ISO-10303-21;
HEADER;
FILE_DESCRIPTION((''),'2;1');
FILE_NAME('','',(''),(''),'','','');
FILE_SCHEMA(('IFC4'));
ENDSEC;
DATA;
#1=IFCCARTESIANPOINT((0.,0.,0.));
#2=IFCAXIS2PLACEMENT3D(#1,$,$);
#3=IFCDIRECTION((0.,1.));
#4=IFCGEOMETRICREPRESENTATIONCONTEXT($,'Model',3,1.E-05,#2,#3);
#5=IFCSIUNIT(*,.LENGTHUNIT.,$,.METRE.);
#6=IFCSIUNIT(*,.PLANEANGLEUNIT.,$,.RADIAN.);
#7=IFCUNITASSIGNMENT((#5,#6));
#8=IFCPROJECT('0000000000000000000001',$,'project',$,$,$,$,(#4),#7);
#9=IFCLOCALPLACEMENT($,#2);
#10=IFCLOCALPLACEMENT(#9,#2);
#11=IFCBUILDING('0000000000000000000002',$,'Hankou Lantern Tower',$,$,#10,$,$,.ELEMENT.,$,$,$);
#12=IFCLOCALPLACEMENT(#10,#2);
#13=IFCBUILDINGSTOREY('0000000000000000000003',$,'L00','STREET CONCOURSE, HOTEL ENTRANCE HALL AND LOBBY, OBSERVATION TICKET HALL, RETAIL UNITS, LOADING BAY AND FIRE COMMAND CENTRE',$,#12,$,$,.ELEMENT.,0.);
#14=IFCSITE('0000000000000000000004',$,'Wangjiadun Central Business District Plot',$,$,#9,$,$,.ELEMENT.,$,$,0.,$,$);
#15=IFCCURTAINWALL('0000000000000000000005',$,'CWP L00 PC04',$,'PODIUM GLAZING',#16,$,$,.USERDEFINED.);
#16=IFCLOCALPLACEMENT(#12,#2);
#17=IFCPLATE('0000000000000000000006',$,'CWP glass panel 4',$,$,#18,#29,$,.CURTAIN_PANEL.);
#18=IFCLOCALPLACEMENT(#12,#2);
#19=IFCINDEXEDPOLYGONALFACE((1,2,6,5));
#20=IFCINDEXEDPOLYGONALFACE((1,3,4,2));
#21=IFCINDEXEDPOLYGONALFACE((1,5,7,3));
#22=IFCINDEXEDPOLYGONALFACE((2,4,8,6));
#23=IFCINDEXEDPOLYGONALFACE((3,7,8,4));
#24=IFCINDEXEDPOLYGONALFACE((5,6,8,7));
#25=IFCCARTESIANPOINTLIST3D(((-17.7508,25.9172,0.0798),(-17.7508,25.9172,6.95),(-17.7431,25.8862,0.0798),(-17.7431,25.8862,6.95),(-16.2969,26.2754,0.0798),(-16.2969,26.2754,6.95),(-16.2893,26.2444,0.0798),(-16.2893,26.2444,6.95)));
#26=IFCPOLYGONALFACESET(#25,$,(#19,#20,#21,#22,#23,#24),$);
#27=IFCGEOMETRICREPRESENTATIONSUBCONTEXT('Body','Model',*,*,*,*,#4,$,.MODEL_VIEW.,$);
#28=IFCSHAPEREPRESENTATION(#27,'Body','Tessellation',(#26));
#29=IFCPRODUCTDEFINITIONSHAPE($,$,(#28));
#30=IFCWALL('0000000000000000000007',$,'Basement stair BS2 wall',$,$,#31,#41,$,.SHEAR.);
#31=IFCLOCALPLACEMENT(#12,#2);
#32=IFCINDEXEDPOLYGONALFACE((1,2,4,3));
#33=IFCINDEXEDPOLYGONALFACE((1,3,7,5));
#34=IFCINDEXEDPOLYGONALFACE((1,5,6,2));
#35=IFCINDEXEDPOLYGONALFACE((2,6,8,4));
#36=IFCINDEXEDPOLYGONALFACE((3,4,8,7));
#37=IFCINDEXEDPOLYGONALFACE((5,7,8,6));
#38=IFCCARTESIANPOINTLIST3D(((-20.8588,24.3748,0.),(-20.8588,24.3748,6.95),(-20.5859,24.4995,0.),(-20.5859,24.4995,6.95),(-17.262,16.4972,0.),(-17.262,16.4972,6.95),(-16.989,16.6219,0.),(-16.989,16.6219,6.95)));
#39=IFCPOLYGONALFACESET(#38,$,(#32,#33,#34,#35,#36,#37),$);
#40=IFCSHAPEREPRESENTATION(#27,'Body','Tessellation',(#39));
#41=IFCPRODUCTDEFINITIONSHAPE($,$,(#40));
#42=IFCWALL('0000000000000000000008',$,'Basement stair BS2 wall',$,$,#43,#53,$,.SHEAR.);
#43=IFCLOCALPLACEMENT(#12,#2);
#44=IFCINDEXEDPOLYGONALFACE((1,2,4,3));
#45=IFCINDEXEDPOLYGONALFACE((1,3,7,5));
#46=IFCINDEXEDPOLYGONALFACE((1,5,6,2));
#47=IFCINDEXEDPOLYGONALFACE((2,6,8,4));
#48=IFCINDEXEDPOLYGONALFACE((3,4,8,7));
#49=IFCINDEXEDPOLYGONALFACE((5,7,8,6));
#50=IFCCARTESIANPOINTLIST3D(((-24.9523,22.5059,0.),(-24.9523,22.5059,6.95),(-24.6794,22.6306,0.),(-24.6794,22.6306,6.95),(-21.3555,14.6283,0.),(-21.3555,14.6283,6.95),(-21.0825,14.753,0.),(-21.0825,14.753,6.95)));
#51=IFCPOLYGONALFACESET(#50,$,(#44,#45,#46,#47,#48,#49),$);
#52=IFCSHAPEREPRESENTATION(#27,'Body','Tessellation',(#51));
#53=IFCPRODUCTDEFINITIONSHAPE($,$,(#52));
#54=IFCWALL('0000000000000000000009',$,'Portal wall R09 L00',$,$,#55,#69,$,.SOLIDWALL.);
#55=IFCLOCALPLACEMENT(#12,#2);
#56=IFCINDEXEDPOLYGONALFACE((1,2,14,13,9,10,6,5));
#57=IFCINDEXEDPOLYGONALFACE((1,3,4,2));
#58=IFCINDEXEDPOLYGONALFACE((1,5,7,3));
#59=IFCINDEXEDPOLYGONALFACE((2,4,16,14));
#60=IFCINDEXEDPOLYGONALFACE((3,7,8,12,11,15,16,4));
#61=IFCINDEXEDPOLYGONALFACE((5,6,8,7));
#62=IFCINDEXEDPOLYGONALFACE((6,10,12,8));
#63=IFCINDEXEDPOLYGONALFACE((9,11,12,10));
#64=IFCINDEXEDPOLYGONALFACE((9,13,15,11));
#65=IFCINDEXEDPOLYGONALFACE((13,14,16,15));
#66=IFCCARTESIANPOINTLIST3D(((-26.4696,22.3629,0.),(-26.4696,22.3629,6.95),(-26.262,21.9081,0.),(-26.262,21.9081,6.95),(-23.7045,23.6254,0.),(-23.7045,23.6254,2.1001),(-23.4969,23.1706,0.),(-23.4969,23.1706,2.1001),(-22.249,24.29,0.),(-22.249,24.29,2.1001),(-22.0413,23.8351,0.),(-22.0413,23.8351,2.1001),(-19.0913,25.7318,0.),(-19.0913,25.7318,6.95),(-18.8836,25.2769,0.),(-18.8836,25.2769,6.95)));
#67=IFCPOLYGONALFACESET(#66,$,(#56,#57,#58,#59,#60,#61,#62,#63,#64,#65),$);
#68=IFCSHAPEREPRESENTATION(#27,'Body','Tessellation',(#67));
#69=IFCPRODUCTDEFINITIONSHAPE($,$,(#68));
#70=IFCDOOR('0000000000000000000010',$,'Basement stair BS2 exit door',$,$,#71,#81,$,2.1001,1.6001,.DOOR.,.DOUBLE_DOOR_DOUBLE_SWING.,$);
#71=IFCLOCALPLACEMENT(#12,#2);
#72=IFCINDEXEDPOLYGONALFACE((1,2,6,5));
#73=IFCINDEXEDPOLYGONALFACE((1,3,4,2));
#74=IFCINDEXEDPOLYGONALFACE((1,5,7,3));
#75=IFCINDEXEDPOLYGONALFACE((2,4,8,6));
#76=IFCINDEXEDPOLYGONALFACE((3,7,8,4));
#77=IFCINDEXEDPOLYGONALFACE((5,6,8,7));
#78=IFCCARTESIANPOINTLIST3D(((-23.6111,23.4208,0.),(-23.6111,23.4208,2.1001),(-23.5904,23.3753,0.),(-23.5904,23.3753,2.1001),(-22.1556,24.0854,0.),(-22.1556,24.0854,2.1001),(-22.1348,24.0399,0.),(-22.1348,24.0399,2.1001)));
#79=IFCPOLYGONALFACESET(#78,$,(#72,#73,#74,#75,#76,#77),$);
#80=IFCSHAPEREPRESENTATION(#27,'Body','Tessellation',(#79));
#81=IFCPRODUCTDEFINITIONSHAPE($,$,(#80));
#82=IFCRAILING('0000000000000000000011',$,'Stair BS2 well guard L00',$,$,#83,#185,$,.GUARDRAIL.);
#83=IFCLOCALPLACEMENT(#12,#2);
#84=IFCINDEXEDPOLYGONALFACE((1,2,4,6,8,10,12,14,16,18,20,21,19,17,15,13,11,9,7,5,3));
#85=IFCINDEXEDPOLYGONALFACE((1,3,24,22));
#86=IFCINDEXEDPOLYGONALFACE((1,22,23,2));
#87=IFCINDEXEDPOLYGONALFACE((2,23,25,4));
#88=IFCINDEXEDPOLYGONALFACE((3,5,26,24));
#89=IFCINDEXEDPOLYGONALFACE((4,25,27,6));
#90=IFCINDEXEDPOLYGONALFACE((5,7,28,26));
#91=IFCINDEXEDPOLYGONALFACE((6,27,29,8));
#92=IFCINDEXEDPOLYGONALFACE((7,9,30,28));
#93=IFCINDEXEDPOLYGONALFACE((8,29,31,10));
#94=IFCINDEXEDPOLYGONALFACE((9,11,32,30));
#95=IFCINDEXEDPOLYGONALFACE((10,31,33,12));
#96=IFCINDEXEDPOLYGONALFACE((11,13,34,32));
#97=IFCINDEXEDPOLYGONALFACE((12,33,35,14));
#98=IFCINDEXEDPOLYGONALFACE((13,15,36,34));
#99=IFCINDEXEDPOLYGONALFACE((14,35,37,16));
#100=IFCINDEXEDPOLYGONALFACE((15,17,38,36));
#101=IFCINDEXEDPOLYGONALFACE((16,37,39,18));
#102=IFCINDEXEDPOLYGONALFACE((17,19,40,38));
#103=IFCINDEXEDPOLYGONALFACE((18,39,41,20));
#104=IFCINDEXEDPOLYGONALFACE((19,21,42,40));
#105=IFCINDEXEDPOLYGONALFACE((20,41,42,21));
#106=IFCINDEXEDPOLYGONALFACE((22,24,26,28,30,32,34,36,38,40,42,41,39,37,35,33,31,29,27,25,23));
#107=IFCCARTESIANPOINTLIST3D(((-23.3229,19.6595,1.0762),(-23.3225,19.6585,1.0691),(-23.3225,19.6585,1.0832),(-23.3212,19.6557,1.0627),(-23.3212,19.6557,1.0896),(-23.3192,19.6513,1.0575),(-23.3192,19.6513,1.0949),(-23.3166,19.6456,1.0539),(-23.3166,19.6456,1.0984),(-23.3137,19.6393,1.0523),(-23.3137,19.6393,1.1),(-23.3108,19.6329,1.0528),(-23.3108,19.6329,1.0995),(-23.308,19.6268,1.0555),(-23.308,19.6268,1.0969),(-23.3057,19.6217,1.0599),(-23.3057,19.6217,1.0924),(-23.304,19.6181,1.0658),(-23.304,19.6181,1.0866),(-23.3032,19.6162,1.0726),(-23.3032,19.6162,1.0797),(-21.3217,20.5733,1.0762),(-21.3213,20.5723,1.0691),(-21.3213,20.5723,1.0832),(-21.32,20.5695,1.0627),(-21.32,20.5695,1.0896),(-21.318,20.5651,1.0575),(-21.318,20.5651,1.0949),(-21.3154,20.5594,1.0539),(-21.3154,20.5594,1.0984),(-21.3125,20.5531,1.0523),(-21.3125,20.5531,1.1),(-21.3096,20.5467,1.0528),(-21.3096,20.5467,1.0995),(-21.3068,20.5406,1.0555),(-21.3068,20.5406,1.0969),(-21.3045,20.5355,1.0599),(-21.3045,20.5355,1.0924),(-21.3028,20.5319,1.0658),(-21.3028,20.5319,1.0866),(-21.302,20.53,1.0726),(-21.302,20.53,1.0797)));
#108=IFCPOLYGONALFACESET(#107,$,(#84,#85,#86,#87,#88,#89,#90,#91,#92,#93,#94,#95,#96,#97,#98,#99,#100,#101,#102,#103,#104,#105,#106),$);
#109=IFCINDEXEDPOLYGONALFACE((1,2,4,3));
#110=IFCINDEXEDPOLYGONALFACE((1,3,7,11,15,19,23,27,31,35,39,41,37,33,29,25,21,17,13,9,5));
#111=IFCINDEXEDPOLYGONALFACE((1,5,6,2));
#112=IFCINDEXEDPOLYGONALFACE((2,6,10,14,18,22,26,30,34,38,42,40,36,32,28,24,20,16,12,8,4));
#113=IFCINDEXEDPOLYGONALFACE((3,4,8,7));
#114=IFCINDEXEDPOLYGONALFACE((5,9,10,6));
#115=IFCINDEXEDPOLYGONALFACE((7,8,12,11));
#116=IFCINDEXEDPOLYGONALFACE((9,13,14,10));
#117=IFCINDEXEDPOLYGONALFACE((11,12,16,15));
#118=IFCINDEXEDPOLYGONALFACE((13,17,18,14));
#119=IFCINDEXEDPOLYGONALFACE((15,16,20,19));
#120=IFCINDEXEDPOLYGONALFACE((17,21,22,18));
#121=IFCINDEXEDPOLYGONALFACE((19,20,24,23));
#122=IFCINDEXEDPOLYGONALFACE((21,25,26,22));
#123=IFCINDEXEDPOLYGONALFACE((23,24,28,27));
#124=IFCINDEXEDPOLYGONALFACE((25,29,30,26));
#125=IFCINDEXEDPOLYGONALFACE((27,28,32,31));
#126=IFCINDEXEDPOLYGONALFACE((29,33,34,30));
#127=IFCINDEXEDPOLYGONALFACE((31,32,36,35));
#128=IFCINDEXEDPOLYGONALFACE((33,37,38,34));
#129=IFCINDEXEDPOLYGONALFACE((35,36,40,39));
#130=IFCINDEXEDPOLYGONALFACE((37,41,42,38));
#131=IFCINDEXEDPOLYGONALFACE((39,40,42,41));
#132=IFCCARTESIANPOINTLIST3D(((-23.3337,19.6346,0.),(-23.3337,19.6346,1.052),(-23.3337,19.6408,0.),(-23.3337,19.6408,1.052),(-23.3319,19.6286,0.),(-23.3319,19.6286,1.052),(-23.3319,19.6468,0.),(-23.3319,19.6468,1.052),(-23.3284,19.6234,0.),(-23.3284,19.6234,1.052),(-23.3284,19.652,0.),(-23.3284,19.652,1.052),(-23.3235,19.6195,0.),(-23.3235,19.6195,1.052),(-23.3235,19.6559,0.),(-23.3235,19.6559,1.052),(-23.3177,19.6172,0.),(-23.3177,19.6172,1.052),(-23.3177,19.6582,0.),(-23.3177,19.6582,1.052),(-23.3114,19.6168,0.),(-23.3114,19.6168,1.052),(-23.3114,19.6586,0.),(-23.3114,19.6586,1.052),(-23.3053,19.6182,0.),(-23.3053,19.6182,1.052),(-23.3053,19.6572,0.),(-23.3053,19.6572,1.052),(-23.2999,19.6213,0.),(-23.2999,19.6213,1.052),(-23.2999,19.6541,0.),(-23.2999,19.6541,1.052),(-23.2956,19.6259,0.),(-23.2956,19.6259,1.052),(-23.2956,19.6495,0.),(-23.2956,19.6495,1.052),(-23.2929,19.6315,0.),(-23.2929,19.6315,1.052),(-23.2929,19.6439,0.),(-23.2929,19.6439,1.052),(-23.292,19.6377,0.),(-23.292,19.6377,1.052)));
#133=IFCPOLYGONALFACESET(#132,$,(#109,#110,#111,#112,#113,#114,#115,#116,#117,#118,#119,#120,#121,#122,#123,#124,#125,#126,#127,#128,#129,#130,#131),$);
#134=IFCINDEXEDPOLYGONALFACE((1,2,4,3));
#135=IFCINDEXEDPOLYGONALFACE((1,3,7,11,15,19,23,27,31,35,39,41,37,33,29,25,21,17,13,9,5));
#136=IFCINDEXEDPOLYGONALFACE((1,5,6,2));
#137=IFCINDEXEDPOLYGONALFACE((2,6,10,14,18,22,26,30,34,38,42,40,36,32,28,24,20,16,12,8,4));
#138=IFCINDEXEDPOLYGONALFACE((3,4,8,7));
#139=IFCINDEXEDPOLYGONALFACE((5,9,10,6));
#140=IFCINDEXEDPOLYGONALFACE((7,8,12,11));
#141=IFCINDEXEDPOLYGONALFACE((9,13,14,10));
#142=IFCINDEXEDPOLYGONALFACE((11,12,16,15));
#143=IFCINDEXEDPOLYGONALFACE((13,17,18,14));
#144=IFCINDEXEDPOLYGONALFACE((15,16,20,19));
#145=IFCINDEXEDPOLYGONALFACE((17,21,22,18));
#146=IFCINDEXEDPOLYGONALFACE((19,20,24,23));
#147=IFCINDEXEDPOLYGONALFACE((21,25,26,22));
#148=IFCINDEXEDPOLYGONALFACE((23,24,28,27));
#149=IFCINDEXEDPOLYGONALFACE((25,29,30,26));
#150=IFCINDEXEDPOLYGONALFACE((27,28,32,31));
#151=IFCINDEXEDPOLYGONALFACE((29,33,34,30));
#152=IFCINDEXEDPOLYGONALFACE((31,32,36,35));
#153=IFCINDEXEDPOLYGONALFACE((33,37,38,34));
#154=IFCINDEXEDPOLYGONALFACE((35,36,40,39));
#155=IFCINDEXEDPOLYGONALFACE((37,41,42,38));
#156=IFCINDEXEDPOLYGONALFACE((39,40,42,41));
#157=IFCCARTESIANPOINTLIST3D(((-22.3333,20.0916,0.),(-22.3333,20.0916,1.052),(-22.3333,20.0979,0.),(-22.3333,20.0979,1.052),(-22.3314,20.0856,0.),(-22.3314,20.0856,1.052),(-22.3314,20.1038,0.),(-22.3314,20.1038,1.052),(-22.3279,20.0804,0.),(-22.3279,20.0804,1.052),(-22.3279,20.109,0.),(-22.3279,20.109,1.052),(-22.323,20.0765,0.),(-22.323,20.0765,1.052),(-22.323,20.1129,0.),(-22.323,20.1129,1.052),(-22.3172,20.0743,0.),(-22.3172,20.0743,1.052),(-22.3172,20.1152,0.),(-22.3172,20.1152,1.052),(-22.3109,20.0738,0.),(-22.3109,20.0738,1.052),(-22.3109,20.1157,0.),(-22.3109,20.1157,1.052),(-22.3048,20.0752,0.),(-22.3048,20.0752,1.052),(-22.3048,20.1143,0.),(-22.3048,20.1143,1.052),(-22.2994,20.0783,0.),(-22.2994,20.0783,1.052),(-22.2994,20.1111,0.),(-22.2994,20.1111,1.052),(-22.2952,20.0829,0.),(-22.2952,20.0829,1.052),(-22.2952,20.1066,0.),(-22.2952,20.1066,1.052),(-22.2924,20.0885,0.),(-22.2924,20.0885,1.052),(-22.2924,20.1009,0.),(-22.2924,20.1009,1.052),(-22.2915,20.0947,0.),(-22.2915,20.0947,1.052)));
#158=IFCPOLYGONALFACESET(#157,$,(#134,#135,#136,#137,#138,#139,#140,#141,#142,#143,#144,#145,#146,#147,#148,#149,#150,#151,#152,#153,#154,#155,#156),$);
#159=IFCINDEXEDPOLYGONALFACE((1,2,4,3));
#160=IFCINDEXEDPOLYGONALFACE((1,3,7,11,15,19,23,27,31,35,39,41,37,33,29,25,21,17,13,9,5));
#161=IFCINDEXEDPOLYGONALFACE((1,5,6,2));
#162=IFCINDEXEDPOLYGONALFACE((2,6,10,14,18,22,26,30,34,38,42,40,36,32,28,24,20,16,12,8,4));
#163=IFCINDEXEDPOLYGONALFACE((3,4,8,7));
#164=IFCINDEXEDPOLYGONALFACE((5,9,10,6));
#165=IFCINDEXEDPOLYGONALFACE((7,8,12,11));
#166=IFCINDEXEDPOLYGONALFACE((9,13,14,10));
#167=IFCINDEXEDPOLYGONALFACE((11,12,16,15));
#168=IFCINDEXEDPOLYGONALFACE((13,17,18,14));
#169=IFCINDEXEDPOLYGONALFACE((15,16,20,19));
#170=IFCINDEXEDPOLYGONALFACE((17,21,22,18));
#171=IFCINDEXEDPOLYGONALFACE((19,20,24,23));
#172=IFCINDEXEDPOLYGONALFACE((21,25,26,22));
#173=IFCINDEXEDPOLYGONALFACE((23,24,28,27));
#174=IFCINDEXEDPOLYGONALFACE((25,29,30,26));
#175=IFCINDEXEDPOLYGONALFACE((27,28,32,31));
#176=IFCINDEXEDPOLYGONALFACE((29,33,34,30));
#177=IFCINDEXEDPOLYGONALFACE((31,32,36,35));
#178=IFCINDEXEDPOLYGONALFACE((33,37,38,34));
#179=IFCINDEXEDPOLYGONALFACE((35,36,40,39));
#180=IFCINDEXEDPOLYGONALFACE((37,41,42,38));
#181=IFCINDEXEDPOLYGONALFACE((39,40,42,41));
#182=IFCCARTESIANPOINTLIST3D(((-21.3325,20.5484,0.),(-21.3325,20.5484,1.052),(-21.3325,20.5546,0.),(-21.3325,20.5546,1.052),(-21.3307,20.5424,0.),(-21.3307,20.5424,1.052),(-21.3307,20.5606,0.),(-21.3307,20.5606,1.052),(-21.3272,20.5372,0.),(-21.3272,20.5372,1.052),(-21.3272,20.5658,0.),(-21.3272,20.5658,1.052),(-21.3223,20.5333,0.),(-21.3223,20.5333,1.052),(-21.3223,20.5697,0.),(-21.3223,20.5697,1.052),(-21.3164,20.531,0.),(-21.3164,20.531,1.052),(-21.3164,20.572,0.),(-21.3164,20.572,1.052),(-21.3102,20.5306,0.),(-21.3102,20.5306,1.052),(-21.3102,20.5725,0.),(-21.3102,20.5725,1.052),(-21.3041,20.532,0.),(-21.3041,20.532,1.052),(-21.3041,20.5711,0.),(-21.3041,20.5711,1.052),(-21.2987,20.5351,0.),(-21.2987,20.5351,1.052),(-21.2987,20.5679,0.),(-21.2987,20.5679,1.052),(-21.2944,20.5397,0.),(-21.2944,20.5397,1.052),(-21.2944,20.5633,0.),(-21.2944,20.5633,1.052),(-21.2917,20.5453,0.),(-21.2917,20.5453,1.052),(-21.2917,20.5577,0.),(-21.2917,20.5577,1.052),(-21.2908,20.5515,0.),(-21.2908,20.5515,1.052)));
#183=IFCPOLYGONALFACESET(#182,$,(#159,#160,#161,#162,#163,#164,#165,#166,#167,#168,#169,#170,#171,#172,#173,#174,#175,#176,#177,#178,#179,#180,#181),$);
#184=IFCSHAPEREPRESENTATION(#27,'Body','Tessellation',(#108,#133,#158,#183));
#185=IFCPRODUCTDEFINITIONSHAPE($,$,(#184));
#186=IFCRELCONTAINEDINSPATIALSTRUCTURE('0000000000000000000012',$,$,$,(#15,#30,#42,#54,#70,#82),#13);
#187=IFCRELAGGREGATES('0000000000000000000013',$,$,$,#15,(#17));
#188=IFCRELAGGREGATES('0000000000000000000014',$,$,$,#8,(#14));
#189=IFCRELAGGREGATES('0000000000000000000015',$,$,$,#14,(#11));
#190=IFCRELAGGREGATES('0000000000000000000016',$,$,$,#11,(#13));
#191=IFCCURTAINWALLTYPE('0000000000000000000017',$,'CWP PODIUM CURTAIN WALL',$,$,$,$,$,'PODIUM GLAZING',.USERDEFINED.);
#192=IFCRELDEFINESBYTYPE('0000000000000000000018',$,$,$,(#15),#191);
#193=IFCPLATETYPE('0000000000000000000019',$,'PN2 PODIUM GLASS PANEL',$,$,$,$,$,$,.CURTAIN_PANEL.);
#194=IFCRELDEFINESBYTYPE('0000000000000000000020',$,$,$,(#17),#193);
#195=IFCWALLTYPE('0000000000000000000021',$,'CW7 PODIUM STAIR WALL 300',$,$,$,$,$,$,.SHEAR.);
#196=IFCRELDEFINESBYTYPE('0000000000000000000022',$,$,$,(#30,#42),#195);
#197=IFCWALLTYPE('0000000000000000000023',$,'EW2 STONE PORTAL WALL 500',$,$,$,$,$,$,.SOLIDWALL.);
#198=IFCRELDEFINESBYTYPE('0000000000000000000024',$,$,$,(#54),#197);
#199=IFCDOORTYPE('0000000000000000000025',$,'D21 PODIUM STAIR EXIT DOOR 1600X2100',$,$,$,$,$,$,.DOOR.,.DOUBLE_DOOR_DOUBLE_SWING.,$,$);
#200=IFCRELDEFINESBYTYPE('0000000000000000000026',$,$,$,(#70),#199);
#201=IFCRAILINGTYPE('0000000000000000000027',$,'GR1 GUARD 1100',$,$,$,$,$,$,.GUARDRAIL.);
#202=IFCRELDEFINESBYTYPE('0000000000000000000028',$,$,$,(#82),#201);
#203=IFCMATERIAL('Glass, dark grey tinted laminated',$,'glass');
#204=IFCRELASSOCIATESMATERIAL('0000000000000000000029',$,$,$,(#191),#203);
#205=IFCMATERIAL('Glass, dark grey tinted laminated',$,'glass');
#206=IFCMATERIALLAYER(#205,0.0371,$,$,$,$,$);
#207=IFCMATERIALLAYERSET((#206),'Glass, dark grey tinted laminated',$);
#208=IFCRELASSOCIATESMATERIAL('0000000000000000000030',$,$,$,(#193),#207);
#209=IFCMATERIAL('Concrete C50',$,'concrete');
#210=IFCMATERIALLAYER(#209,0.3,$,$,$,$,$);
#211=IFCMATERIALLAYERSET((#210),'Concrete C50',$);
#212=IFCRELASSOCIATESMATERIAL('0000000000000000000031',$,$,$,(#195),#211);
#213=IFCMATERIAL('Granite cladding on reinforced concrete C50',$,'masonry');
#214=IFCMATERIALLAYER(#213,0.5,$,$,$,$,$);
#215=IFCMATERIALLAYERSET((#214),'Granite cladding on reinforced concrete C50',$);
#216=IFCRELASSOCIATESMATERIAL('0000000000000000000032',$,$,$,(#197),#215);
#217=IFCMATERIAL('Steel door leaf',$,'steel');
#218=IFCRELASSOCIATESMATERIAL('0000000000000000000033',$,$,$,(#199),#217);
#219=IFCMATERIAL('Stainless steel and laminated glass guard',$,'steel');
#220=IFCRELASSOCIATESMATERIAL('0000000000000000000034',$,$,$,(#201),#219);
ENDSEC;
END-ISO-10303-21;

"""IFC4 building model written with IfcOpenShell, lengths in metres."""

from ifc_helpers import new_model, si_unit, direction, frame, frame_2d, origin, origin_2d, place, context, subcontext, project, spatial, rectangle, circle, extrude, material, layer, layer_set, type_object, element, fill, aggregate, save


model = new_model("IFC4")

# Units and contexts
model_context = context("Model", 3, precision=1e-05, world=origin(), true_north=direction((0.0, 1.0)))
body_context = subcontext(model_context, "Body", "Model", "MODEL_VIEW")
ifc_project = project(units=[si_unit("LENGTHUNIT", "METRE"), si_unit("PLANEANGLEUNIT", "RADIAN")], contexts=[model_context])

# Site, building, storey
site_placement = place(None, origin())
site = spatial("IfcSite", under=ifc_project, at=site_placement, Name="Wangjiadun Central Business District Plot", CompositionType="ELEMENT", RefElevation=0.0)
building_placement = place(site_placement, origin())
building = spatial("IfcBuilding", under=site, at=building_placement, Name="Hankou Lantern Tower", CompositionType="ELEMENT")
storey_placement = place(building_placement, origin())
storey = spatial("IfcBuildingStorey", under=building, at=storey_placement, Name="L00", Description="STREET CONCOURSE, HOTEL ENTRANCE HALL AND LOBBY, OBSERVATION TICKET HALL, RETAIL UNITS, LOADING BAY AND FIRE COMMAND CENTRE", CompositionType="ELEMENT", Elevation=0.0)

# Curtain wall
ifc_material_1 = material(Name="Glass, dark grey tinted laminated", Category="glass")
curtain_wall_type = type_object("IfcCurtainWallType", Name="CWP PODIUM CURTAIN WALL", ElementType="PODIUM GLAZING", PredefinedType="USERDEFINED", material=ifc_material_1)
curtain_wall_placement = place(storey_placement, origin())
curtain_wall = element("IfcCurtainWall", 1, at=curtain_wall_placement, inside=storey, type_object=curtain_wall_type, Name="CWP L00 PC04", ObjectType="PODIUM GLAZING", PredefinedType="USERDEFINED")

# Plate
ifc_material_2 = material(Name="Glass, dark grey tinted laminated", Category="glass")
ifc_layer_1 = layer(ifc_material_2, 0.0371)
ifc_layer_set_1 = layer_set([ifc_layer_1], Name="Glass, dark grey tinted laminated")
plate_type = type_object("IfcPlateType", Name="PN2 PODIUM GLASS PANEL", PredefinedType="CURTAIN_PANEL", material=ifc_layer_set_1)
plate_1_placement = place(storey_placement, frame((-17.02, 26.0808, 0.0798), z_axis=(0.0, 0.0, 1.0), x_axis=(-0.970961, -0.239238, 0.0)))
plate_1 = element("IfcPlate", 2, at=plate_1_placement, type_object=plate_type, Name="CWP glass panel 4", PredefinedType="CURTAIN_PANEL", context=body_context, shape_type="SweptSolid", body=[
    extrude(rectangle(XDim=1.4973, YDim=0.032, at=origin_2d()), origin(), (0.0, 0.0, 1.0), 6.8701),
])
aggregate(curtain_wall, [plate_1])

# Walls
ifc_material_3 = material(Name="Concrete C50", Category="concrete")
ifc_layer_2 = layer(ifc_material_3, 0.3)
ifc_layer_set_2 = layer_set([ifc_layer_2], Name="Concrete C50")
wall_type_1 = type_object("IfcWallType", Name="CW7 PODIUM STAIR WALL 300", PredefinedType="SHEAR", material=ifc_layer_set_2)
for number, where, z_axis, x_axis, name in (
    (3, (-20.7224, 24.4373, 0.0), (0.0, 0.0, 1.0), (0.415349, -0.909662, 0.0), "Basement stair BS2 wall"),
    (4, (-24.8159, 22.5684, 0.0), (0.0, 0.0, 1.0), (0.415349, -0.909662, 0.0), "Basement stair BS2 wall"),
):
    element("IfcWall", number, at=place(storey_placement, frame(where, z_axis=z_axis, x_axis=x_axis)), inside=storey, type_object=wall_type_1, Name=name, PredefinedType="SHEAR", context=body_context, shape_type="SweptSolid", body=[
        extrude(rectangle(XDim=8.6599, YDim=0.3, at=frame_2d((4.3301, 0.0))), origin(), (0.0, 0.0, 1.0), 6.95),
    ])

# Wall, opening, door
ifc_material_4 = material(Name="Granite cladding on reinforced concrete C50", Category="masonry")
ifc_layer_3 = layer(ifc_material_4, 0.5)
ifc_layer_set_3 = layer_set([ifc_layer_3], Name="Granite cladding on reinforced concrete C50")
wall_type_2 = type_object("IfcWallType", Name="EW2 STONE PORTAL WALL 500", PredefinedType="SOLIDWALL", material=ifc_layer_set_3)
wall_placement = place(storey_placement, frame((-18.9873, 25.5044, 0.0), z_axis=(0.0, 0.0, 1.0), x_axis=(-0.909665, -0.415342, 0.0)))
wall = element("IfcWall", 5, at=wall_placement, inside=storey, type_object=wall_type_2, Name="Portal wall R09 L00", PredefinedType="SOLIDWALL", context=body_context, shape_type="SweptSolid", body=[
    extrude(rectangle(XDim=8.1111, YDim=0.5, at=frame_2d((4.0557, 0.0))), origin(), (0.0, 0.0, 1.0), 6.95),
])
opening_placement = place(wall_placement, frame((3.4714, 0.0, 0.0)))
opening = element("IfcOpeningElement", 6, at=opening_placement, cuts=wall, PredefinedType="OPENING", context=body_context, shape_type="SweptSolid", body=[
    extrude(rectangle(XDim=1.6001, YDim=2.1001, at=frame_2d((0.8, 1.05))), frame((0.0, 0.26, 0.0), z_axis=(0.0, -1.0, 0.0), x_axis=(1.0, 0.0, 0.0)), (0.0, 0.0, 1.0), 0.52),
])
ifc_material_5 = material(Name="Steel door leaf", Category="steel")
door_type = type_object("IfcDoorType", Name="D21 PODIUM STAIR EXIT DOOR 1600X2100", OperationType="DOUBLE_DOOR_DOUBLE_SWING", PredefinedType="DOOR", material=ifc_material_5)
door_placement = place(opening_placement, origin())
door = element("IfcDoor", 7, at=door_placement, inside=storey, type_object=door_type, Name="Basement stair BS2 exit door", OperationType="DOUBLE_DOOR_DOUBLE_SWING", OverallHeight=2.1001, OverallWidth=1.6001, PredefinedType="DOOR", context=body_context, shape_type="SweptSolid", body=[
    extrude(rectangle(XDim=1.6001, YDim=2.1001, at=frame_2d((0.8, 1.05))), frame((0.0, 0.0249, 0.0), z_axis=(0.0, -1.0, 0.0), x_axis=(1.0, 0.0, 0.0)), (0.0, 0.0, 1.0), 0.05),
])
fill(opening, door)

# Railing
ifc_material_6 = material(Name="Stainless steel and laminated glass guard", Category="steel")
railing_type = type_object("IfcRailingType", Name="GR1 GUARD 1100", PredefinedType="GUARDRAIL", material=ifc_material_6)
railing_placement = place(storey_placement, frame((-23.313, 19.6377, 0.0)))
element("IfcRailing", 8, at=railing_placement, inside=storey, type_object=railing_type, Name="Stair BS2 well guard L00", PredefinedType="GUARDRAIL", context=body_context, shape_type="SweptSolid", body=[
    extrude(circle(Radius=0.0239, at=origin_2d()), frame((0.0, 0.0, 1.0762), z_axis=(0.909651, 0.415374, 0.0), x_axis=(-0.415374, 0.909651, 0.0)), (0.0, 0.0, 1.0), 2.2),
    extrude(circle(Radius=0.021, at=origin_2d()), origin(), (0.0, 0.0, 1.0), 1.052),
    extrude(circle(Radius=0.021, at=origin_2d()), frame((1.0005, 0.457, 0.0)), (0.0, 0.0, 1.0), 1.052),
    extrude(circle(Radius=0.021, at=origin_2d()), frame((2.0012, 0.9138, 0.0)), (0.0, 0.0, 1.0), 1.052),
])

save(model, "model.ifc")
